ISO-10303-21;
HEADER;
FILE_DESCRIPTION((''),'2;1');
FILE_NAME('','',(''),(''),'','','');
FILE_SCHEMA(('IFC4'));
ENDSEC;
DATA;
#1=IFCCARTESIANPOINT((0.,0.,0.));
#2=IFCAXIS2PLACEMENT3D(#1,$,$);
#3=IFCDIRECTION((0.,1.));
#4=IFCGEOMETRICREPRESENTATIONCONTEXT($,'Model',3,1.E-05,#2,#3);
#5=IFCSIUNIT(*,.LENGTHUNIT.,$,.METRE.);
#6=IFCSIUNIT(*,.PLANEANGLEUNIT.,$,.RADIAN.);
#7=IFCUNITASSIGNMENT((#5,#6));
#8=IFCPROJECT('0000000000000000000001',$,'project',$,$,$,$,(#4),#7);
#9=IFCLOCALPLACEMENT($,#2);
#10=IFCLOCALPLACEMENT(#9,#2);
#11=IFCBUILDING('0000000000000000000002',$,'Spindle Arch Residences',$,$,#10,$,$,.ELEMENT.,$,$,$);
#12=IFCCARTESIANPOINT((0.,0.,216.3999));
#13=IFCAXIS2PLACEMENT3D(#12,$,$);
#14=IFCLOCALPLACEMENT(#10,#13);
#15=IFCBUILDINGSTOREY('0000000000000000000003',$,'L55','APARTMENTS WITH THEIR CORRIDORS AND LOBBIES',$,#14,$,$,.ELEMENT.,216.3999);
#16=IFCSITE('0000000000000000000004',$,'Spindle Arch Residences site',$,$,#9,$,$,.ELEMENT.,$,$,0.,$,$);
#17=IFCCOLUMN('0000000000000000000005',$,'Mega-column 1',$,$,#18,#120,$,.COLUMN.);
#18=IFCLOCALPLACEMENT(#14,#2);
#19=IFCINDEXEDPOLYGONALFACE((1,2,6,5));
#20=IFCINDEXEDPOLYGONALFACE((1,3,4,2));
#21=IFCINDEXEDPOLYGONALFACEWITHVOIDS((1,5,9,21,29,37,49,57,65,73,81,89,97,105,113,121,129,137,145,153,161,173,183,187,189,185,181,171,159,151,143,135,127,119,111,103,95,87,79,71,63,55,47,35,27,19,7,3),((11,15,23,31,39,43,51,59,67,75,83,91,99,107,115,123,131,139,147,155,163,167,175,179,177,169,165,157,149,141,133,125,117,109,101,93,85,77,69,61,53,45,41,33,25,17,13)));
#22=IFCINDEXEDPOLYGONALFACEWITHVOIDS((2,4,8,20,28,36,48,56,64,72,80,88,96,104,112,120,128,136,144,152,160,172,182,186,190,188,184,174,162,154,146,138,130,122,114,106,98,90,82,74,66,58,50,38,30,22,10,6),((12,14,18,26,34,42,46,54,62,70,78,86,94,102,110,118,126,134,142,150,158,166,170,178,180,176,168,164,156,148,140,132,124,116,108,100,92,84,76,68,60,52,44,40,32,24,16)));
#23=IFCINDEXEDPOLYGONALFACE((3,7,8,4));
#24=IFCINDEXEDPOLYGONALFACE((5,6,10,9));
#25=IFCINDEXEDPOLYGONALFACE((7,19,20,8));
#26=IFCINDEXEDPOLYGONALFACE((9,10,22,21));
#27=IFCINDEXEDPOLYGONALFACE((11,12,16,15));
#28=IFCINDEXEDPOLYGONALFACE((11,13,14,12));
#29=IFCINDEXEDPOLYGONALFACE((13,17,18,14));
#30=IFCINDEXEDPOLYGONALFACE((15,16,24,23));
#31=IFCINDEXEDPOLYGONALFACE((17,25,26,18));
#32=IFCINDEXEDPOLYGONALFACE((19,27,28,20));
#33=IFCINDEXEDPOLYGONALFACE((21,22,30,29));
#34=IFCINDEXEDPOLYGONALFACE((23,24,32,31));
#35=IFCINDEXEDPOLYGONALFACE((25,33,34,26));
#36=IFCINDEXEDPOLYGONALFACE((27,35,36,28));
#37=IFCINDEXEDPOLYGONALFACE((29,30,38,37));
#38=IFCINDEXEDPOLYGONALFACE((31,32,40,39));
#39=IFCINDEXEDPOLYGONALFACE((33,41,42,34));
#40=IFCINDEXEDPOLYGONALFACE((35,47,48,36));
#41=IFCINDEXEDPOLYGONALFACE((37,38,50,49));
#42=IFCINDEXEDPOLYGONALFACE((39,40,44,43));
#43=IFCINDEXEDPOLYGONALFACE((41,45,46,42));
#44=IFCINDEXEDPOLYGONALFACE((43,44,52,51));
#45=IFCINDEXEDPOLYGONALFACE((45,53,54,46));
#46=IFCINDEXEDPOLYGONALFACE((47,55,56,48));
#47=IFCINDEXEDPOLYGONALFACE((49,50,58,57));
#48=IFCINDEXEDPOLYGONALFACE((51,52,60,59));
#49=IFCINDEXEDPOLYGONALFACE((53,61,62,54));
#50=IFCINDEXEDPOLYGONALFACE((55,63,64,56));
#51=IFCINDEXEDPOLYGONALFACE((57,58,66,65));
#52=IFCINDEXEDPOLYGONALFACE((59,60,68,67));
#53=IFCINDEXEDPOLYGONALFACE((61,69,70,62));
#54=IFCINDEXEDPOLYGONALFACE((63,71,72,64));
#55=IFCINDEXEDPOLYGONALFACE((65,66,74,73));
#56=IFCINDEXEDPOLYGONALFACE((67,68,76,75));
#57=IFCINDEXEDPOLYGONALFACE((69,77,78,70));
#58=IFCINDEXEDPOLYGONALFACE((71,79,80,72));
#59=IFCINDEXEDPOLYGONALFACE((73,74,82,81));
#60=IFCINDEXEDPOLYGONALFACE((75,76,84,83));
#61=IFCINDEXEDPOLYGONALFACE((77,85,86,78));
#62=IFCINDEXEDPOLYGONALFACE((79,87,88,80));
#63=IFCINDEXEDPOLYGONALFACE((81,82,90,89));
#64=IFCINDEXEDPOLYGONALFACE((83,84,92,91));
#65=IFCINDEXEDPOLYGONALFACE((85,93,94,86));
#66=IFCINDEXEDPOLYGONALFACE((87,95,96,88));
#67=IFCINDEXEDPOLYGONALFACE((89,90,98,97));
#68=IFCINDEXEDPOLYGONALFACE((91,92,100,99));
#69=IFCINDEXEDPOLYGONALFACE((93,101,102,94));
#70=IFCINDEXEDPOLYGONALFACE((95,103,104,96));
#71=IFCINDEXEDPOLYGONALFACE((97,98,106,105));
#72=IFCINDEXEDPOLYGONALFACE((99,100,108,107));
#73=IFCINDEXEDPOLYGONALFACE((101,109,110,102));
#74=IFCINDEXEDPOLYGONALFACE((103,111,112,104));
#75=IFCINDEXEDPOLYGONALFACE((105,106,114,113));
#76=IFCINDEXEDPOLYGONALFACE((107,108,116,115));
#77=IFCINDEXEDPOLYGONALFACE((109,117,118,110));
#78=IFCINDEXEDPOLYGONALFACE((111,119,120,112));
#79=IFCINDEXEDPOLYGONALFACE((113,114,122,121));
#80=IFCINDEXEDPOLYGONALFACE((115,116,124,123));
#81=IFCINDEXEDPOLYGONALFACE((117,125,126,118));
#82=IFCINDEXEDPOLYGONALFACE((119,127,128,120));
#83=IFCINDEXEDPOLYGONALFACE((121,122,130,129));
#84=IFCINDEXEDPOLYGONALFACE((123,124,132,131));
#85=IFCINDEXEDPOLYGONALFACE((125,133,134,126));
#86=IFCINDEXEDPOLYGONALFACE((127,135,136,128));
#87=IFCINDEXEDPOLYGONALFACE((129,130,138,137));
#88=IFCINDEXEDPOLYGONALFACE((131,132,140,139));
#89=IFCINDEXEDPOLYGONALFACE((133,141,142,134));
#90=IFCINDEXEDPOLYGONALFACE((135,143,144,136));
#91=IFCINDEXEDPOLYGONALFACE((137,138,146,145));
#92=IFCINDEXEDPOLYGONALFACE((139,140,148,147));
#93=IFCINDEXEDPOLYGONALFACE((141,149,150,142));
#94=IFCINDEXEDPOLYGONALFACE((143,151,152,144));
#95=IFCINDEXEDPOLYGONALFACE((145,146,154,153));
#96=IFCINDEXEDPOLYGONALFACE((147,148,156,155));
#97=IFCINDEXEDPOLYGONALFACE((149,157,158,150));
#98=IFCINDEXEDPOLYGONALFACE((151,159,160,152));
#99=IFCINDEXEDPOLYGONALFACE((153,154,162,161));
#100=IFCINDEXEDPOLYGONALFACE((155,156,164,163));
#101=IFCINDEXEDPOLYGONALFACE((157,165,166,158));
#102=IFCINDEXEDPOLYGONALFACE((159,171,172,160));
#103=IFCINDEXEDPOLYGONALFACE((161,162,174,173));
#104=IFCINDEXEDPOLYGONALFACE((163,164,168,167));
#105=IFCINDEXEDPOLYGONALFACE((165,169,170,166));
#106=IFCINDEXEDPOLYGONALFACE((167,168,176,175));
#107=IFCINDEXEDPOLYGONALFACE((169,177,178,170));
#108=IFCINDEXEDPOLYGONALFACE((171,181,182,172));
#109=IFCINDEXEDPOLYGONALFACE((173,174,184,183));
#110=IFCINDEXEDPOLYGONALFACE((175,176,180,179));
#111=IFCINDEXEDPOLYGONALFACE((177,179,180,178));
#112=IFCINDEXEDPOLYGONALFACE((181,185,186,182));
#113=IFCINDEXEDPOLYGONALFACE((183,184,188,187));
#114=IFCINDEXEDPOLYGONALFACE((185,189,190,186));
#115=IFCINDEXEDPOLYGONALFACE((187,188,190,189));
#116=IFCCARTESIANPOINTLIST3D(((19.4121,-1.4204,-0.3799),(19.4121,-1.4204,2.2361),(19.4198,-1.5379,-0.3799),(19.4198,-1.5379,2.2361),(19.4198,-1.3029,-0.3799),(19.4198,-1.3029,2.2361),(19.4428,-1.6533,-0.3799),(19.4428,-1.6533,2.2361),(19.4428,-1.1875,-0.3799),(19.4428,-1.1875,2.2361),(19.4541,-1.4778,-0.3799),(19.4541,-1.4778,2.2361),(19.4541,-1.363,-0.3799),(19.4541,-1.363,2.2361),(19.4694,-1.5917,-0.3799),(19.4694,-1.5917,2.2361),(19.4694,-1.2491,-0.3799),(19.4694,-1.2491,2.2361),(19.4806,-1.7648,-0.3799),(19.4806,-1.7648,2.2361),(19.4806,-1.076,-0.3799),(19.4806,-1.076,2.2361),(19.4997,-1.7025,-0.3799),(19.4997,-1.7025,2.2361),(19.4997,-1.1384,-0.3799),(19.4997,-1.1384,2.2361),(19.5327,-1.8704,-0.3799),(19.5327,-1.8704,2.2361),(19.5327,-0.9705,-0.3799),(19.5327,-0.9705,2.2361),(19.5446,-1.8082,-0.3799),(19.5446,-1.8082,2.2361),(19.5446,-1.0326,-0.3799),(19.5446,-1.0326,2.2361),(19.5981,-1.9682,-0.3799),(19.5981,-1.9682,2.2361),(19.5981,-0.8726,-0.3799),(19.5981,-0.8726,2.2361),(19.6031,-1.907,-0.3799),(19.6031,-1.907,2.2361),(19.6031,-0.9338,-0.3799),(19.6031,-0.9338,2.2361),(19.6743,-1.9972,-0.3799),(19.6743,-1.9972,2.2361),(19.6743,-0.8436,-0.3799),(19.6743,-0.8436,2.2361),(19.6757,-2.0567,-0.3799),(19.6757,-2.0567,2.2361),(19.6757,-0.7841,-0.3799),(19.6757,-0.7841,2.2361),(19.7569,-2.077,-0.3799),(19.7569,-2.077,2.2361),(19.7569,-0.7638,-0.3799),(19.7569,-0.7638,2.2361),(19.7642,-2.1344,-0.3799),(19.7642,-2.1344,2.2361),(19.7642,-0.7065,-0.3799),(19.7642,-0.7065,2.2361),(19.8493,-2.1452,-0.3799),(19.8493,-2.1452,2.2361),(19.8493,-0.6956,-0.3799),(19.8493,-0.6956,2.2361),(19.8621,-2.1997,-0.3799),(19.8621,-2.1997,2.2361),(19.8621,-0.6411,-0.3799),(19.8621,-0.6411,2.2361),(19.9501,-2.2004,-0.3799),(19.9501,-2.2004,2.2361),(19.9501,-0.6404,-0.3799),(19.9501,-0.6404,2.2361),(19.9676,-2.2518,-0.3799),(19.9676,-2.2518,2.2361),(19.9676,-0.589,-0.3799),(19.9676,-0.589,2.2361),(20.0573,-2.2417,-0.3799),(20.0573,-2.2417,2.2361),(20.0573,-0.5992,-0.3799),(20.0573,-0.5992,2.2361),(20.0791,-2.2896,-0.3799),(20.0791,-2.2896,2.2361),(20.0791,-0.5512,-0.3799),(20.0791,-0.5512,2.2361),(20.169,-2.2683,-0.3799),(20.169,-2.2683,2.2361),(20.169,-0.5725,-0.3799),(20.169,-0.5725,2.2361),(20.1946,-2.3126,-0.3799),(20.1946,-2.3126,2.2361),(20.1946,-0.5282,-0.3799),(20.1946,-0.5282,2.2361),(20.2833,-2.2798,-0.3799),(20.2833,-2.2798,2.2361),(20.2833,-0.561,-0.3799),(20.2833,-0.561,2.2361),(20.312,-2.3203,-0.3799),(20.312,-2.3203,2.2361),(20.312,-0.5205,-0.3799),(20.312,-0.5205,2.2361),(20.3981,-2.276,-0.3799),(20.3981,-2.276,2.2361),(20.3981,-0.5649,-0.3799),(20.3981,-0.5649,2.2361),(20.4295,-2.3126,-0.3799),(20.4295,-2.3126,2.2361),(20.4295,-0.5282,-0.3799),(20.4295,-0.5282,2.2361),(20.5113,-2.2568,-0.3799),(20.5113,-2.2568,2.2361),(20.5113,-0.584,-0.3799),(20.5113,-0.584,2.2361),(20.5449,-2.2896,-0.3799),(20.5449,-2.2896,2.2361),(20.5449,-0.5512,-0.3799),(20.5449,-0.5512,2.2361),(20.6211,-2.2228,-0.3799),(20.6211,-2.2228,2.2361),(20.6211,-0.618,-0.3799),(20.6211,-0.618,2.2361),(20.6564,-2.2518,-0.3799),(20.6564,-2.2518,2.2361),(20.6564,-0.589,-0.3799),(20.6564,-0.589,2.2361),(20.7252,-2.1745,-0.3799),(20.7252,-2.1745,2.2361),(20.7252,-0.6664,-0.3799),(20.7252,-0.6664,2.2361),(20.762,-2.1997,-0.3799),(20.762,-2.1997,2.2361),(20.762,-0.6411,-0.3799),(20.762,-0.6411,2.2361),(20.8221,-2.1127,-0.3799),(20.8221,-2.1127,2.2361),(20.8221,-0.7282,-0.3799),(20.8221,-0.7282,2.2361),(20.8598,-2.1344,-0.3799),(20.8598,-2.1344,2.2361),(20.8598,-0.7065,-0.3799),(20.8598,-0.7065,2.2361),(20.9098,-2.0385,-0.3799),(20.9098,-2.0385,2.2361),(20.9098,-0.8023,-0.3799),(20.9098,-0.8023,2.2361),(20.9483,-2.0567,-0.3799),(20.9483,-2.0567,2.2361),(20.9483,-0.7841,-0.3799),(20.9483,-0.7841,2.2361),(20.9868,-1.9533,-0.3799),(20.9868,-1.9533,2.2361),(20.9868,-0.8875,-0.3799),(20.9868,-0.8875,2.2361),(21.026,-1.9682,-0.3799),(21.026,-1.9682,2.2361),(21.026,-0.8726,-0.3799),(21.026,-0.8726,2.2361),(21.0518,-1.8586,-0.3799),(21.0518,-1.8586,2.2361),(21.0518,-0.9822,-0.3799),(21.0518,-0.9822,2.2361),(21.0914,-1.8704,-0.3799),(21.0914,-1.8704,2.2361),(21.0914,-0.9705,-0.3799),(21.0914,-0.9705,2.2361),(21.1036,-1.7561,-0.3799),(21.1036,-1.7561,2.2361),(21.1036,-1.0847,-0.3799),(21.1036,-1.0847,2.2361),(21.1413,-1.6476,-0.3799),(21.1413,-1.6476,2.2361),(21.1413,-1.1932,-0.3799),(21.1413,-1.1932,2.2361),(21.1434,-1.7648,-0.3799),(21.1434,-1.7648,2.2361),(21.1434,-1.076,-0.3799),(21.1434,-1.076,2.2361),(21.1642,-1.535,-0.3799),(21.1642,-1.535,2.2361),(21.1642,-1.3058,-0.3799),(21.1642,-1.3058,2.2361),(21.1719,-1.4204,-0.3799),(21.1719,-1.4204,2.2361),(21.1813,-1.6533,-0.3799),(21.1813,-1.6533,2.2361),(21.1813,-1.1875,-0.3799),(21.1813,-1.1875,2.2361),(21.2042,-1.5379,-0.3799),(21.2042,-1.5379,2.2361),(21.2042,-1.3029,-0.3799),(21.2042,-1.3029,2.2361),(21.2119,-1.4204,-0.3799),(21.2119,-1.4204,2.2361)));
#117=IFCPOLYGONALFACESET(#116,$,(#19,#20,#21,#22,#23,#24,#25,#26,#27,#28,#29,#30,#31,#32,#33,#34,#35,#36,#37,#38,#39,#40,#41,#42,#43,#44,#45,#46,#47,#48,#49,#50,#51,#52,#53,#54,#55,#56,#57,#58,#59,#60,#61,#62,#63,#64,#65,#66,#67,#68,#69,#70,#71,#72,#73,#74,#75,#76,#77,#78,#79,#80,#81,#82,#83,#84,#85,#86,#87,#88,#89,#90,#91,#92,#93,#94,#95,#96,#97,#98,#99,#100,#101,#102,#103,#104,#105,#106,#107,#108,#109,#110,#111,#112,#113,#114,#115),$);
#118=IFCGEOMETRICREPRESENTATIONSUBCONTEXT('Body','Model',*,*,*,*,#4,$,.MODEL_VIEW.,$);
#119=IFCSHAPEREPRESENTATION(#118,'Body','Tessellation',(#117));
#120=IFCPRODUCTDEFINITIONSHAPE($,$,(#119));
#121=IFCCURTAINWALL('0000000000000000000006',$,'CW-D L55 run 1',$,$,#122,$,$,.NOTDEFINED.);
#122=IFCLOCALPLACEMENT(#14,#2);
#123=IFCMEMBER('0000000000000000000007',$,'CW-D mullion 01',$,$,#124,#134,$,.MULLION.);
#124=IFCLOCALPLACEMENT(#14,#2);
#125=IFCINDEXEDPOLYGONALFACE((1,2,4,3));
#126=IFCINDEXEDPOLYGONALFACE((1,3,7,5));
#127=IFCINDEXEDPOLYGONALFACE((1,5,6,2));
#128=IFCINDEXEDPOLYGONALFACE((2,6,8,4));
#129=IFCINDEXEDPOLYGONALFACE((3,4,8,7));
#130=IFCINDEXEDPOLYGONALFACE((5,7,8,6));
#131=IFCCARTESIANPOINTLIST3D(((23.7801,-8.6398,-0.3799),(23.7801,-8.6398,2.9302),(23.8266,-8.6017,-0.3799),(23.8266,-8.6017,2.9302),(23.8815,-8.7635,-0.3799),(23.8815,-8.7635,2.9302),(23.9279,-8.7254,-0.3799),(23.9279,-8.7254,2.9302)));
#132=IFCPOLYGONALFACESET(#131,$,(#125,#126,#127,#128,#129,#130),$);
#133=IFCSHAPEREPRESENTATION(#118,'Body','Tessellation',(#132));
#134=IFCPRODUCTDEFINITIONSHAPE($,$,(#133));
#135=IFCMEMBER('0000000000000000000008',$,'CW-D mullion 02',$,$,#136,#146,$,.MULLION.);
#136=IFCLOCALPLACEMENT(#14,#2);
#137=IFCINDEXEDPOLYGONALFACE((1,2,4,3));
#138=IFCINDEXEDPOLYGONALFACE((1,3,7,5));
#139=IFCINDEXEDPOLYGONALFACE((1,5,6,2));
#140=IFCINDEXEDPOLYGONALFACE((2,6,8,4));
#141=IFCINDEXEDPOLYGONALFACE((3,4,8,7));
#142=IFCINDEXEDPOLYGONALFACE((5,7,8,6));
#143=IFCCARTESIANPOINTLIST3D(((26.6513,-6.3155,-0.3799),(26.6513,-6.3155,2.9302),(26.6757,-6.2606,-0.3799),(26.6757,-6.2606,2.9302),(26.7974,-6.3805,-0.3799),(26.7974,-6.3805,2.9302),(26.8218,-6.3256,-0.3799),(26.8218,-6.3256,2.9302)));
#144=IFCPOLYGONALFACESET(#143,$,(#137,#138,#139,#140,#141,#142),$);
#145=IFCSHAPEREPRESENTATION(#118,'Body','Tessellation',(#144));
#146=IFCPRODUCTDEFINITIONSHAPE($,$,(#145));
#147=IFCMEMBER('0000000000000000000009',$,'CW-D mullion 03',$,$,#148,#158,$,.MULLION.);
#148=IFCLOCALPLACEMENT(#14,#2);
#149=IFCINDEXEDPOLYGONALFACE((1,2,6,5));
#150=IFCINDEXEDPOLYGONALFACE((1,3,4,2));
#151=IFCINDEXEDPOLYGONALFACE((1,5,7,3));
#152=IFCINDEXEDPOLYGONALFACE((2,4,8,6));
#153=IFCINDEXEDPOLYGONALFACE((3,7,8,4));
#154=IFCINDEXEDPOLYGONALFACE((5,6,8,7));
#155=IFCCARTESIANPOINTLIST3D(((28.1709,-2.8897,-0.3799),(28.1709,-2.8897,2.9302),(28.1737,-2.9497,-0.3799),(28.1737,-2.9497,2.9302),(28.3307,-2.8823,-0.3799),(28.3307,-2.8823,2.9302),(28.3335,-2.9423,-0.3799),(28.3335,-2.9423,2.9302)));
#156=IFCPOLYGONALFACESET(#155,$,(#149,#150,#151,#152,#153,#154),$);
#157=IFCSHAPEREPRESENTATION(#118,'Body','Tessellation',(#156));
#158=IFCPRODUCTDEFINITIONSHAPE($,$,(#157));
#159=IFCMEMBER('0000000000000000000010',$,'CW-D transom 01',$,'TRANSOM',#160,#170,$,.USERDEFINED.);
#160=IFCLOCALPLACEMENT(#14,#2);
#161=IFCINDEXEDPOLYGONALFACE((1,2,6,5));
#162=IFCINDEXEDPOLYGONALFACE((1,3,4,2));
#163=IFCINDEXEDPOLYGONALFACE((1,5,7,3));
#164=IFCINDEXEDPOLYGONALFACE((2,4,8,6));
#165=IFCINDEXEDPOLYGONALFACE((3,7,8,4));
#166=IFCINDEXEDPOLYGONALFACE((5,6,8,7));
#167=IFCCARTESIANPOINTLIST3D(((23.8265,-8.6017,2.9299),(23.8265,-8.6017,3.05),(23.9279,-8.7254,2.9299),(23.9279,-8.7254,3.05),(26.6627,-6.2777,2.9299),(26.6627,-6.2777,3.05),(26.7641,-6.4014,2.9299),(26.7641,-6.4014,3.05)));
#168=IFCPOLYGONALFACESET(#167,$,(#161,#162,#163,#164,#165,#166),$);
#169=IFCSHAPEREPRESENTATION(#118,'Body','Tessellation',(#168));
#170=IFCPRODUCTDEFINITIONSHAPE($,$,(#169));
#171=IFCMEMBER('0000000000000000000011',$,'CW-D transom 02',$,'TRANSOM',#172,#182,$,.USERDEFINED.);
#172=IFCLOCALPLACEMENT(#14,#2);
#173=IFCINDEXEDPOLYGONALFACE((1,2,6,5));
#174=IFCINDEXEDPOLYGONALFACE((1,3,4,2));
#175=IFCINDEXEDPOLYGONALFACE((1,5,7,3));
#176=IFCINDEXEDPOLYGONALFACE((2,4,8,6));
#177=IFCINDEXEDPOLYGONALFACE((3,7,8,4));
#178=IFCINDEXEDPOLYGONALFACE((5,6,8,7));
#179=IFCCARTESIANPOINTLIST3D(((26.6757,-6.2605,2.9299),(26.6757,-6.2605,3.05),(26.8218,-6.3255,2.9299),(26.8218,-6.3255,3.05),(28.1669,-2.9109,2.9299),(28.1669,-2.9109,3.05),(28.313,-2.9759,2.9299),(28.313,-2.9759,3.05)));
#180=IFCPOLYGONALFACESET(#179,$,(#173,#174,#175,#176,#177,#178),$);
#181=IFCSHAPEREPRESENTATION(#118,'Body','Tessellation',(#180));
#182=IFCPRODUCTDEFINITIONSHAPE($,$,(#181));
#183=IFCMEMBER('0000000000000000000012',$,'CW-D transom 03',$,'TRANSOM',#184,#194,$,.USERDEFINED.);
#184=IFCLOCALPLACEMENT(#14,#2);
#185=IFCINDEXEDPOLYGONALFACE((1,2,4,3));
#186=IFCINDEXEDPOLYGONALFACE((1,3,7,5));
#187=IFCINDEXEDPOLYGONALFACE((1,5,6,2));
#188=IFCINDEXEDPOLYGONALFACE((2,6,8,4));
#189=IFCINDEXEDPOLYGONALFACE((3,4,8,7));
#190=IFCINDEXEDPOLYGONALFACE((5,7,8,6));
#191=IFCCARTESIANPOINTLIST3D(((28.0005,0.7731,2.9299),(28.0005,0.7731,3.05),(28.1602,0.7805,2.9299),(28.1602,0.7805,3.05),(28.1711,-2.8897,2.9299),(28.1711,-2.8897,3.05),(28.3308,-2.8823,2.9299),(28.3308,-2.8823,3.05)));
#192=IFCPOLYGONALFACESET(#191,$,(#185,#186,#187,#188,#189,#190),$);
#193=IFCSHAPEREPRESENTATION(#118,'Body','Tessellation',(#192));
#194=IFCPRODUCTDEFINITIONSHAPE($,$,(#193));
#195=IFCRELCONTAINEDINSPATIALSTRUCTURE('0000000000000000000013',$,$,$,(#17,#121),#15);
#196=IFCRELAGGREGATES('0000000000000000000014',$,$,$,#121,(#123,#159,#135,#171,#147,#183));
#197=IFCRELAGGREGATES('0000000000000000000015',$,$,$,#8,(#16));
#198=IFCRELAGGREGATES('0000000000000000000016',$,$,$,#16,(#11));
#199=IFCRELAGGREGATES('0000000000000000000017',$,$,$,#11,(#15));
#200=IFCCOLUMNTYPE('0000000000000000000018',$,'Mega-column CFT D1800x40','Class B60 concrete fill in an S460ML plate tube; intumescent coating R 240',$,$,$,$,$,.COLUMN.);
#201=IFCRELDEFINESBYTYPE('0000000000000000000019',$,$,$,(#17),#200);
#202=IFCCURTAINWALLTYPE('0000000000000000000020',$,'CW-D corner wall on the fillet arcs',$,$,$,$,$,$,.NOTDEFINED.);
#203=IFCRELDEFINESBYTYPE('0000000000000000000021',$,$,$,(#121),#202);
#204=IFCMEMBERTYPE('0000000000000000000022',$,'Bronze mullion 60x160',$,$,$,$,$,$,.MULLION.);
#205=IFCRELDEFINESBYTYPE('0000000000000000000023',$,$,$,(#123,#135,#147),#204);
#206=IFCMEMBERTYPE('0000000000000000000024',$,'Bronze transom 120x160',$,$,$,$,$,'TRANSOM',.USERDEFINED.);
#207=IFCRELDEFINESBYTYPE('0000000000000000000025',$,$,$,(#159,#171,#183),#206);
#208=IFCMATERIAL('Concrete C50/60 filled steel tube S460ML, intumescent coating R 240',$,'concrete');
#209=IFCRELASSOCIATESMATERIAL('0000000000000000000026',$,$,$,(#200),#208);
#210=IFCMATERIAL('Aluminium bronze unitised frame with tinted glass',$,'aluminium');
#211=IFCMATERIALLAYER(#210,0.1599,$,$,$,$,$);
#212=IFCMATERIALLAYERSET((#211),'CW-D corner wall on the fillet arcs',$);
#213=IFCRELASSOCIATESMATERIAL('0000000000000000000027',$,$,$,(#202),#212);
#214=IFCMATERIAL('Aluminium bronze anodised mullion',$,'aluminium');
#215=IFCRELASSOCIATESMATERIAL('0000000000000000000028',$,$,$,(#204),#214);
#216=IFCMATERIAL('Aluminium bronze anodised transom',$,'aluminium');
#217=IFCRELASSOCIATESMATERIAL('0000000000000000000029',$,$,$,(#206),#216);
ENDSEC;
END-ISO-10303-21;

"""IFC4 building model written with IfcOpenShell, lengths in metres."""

from ifc_helpers import new_model, si_unit, direction, frame, origin, origin_2d, place, context, subcontext, project, spatial, rectangle, hollow_circle, extrude, material, layer, layer_set, material_profile, profile_set, type_object, element, aggregate, save


model = new_model("IFC4")

# Units and contexts
model_context = context("Model", 3, precision=1e-05, world=origin(), true_north=direction((0.0, 1.0)))
body_context = subcontext(model_context, "Body", "Model", "MODEL_VIEW")
ifc_project = project(units=[si_unit("LENGTHUNIT", "METRE"), si_unit("PLANEANGLEUNIT", "RADIAN")], contexts=[model_context])

# Site, building, storey
site_placement = place(None, origin())
site = spatial("IfcSite", under=ifc_project, at=site_placement, Name="Spindle Arch Residences site", CompositionType="ELEMENT", RefElevation=0.0)
building_placement = place(site_placement, origin())
building = spatial("IfcBuilding", under=site, at=building_placement, Name="Spindle Arch Residences", CompositionType="ELEMENT")
storey_placement = place(building_placement, frame((0.0, 0.0, 216.3999)))
storey = spatial("IfcBuildingStorey", under=building, at=storey_placement, Name="L55", Description="APARTMENTS WITH THEIR CORRIDORS AND LOBBIES", CompositionType="ELEMENT", Elevation=216.3999)

# Column
ifc_material_1 = material(Name="Concrete C50/60 filled steel tube S460ML, intumescent coating R 240", Category="concrete")
ifc_material_profile_1 = material_profile(ifc_material_1, hollow_circle(Radius=0.8999, WallThickness=0.04, at=origin_2d()), Name="CFT D1800x40")
ifc_profile_set_1 = profile_set([ifc_material_profile_1], Name="Concrete C50/60 filled steel tube S460ML, intumescent coating R 240")
column_type_1 = type_object("IfcColumnType", Name="Mega-column CFT D1800x40", Description="Class B60 concrete fill in an S460ML plate tube; intumescent coating R 240", PredefinedType="COLUMN", material=ifc_profile_set_1)
column_placement = place(storey_placement, frame((20.312, -1.4204, -0.3799), z_axis=(0.0, 0.0, 1.0), x_axis=(1.0, 0.0, 0.0)))
element("IfcColumn", 1, at=column_placement, inside=storey, type_object=column_type_1, Name="Mega-column 1", PredefinedType="COLUMN", context=body_context, shape_type="SweptSolid", body=[
    extrude(hollow_circle(Radius=0.8999, WallThickness=0.04, at=origin_2d()), origin(), (0.0, 0.0, 1.0), 2.616),
])

# Curtain wall, members
ifc_material_2 = material(Name="Aluminium bronze unitised frame with tinted glass", Category="aluminium")
ifc_layer_1 = layer(ifc_material_2, 0.1599)
ifc_layer_set_1 = layer_set([ifc_layer_1], Name="CW-D corner wall on the fillet arcs")
curtain_wall_type = type_object("IfcCurtainWallType", Name="CW-D corner wall on the fillet arcs", PredefinedType="NOTDEFINED", material=ifc_layer_set_1)
curtain_wall_placement = place(storey_placement, origin())
curtain_wall = element("IfcCurtainWall", 2, at=curtain_wall_placement, inside=storey, type_object=curtain_wall_type, Name="CW-D L55 run 1", PredefinedType="NOTDEFINED")
ifc_material_3 = material(Name="Aluminium bronze anodised mullion", Category="aluminium")
ifc_material_profile_2 = material_profile(ifc_material_3, rectangle(XDim=0.1599, YDim=0.0601, at=origin_2d()), Name="MU 60x160")
ifc_profile_set_2 = profile_set([ifc_material_profile_2], Name="Aluminium bronze anodised mullion")
member_type_1 = type_object("IfcMemberType", Name="Bronze mullion 60x160", PredefinedType="MULLION", material=ifc_profile_set_2)
member_1_placement = place(storey_placement, frame((23.854, -8.6826, -0.3799), z_axis=(0.0, 0.0, 1.0), x_axis=(-0.633831, 0.773472, 0.0)))
member_1 = element("IfcMember", 3, at=member_1_placement, type_object=member_type_1, Name="CW-D mullion 01", PredefinedType="MULLION", context=body_context, shape_type="SweptSolid", body=[
    extrude(rectangle(XDim=0.1599, YDim=0.0601, at=origin_2d()), origin(), (0.0, 0.0, 1.0), 3.3101),
])
member_2_placement = place(storey_placement, frame((26.7366, -6.3206, -0.3799), z_axis=(0.0, 0.0, 1.0), x_axis=(-0.913545, 0.406737, 0.0)))
member_2 = element("IfcMember", 4, at=member_2_placement, type_object=member_type_1, Name="CW-D mullion 02", PredefinedType="MULLION", context=body_context, shape_type="SweptSolid", body=[
    extrude(rectangle(XDim=0.1599, YDim=0.0601, at=origin_2d()), origin(), (0.0, 0.0, 1.0), 3.3101),
])
member_3_placement = place(storey_placement, frame((28.2522, -2.916, -0.3799), z_axis=(0.0, 0.0, 1.0), x_axis=(-0.998917, -0.046525, 0.0)))
member_3 = element("IfcMember", 5, at=member_3_placement, type_object=member_type_1, Name="CW-D mullion 03", PredefinedType="MULLION", context=body_context, shape_type="SweptSolid", body=[
    extrude(rectangle(XDim=0.1599, YDim=0.0601, at=origin_2d()), origin(), (0.0, 0.0, 1.0), 3.3101),
])
ifc_material_4 = material(Name="Aluminium bronze anodised transom", Category="aluminium")
ifc_material_profile_3 = material_profile(ifc_material_4, rectangle(XDim=0.1599, YDim=0.1201, at=origin_2d()), Name="TR 120x160")
ifc_profile_set_3 = profile_set([ifc_material_profile_3], Name="Aluminium bronze anodised transom")
member_type_2 = type_object("IfcMemberType", Name="Bronze transom 120x160", ElementType="TRANSOM", PredefinedType="USERDEFINED", material=ifc_profile_set_3)
member_4_placement = place(storey_placement, frame((23.8772, -8.6636, 2.99), z_axis=(0.773494, 0.633803, 0.0), x_axis=(-0.633803, 0.773494, 0.0)))
member_4 = element("IfcMember", 6, at=member_4_placement, type_object=member_type_2, Name="CW-D transom 01", ObjectType="TRANSOM", PredefinedType="USERDEFINED", context=body_context, shape_type="SweptSolid", body=[
    extrude(rectangle(XDim=0.1599, YDim=0.1201, at=origin_2d()), origin(), (0.0, 0.0, 1.0), 3.6667),
])
member_5_placement = place(storey_placement, frame((26.7488, -6.293, 2.99), z_axis=(0.406707, 0.913559, 0.0), x_axis=(-0.913559, 0.406707, 0.0)))
member_5 = element("IfcMember", 7, at=member_5_placement, type_object=member_type_2, Name="CW-D transom 02", ObjectType="TRANSOM", PredefinedType="USERDEFINED", context=body_context, shape_type="SweptSolid", body=[
    extrude(rectangle(XDim=0.1599, YDim=0.1201, at=origin_2d()), origin(), (0.0, 0.0, 1.0), 3.6665),
])
member_6_placement = place(storey_placement, frame((28.251, -2.886, 2.99), z_axis=(-0.04654, 0.998916, 0.0), x_axis=(-0.998916, -0.04654, 0.0)))
member_6 = element("IfcMember", 8, at=member_6_placement, type_object=member_type_2, Name="CW-D transom 03", ObjectType="TRANSOM", PredefinedType="USERDEFINED", context=body_context, shape_type="SweptSolid", body=[
    extrude(rectangle(XDim=0.1599, YDim=0.1201, at=origin_2d()), origin(), (0.0, 0.0, 1.0), 3.6667),
])

aggregate(curtain_wall, [member_1, member_4, member_2, member_5, member_3, member_6])

save(model, "model.ifc")
